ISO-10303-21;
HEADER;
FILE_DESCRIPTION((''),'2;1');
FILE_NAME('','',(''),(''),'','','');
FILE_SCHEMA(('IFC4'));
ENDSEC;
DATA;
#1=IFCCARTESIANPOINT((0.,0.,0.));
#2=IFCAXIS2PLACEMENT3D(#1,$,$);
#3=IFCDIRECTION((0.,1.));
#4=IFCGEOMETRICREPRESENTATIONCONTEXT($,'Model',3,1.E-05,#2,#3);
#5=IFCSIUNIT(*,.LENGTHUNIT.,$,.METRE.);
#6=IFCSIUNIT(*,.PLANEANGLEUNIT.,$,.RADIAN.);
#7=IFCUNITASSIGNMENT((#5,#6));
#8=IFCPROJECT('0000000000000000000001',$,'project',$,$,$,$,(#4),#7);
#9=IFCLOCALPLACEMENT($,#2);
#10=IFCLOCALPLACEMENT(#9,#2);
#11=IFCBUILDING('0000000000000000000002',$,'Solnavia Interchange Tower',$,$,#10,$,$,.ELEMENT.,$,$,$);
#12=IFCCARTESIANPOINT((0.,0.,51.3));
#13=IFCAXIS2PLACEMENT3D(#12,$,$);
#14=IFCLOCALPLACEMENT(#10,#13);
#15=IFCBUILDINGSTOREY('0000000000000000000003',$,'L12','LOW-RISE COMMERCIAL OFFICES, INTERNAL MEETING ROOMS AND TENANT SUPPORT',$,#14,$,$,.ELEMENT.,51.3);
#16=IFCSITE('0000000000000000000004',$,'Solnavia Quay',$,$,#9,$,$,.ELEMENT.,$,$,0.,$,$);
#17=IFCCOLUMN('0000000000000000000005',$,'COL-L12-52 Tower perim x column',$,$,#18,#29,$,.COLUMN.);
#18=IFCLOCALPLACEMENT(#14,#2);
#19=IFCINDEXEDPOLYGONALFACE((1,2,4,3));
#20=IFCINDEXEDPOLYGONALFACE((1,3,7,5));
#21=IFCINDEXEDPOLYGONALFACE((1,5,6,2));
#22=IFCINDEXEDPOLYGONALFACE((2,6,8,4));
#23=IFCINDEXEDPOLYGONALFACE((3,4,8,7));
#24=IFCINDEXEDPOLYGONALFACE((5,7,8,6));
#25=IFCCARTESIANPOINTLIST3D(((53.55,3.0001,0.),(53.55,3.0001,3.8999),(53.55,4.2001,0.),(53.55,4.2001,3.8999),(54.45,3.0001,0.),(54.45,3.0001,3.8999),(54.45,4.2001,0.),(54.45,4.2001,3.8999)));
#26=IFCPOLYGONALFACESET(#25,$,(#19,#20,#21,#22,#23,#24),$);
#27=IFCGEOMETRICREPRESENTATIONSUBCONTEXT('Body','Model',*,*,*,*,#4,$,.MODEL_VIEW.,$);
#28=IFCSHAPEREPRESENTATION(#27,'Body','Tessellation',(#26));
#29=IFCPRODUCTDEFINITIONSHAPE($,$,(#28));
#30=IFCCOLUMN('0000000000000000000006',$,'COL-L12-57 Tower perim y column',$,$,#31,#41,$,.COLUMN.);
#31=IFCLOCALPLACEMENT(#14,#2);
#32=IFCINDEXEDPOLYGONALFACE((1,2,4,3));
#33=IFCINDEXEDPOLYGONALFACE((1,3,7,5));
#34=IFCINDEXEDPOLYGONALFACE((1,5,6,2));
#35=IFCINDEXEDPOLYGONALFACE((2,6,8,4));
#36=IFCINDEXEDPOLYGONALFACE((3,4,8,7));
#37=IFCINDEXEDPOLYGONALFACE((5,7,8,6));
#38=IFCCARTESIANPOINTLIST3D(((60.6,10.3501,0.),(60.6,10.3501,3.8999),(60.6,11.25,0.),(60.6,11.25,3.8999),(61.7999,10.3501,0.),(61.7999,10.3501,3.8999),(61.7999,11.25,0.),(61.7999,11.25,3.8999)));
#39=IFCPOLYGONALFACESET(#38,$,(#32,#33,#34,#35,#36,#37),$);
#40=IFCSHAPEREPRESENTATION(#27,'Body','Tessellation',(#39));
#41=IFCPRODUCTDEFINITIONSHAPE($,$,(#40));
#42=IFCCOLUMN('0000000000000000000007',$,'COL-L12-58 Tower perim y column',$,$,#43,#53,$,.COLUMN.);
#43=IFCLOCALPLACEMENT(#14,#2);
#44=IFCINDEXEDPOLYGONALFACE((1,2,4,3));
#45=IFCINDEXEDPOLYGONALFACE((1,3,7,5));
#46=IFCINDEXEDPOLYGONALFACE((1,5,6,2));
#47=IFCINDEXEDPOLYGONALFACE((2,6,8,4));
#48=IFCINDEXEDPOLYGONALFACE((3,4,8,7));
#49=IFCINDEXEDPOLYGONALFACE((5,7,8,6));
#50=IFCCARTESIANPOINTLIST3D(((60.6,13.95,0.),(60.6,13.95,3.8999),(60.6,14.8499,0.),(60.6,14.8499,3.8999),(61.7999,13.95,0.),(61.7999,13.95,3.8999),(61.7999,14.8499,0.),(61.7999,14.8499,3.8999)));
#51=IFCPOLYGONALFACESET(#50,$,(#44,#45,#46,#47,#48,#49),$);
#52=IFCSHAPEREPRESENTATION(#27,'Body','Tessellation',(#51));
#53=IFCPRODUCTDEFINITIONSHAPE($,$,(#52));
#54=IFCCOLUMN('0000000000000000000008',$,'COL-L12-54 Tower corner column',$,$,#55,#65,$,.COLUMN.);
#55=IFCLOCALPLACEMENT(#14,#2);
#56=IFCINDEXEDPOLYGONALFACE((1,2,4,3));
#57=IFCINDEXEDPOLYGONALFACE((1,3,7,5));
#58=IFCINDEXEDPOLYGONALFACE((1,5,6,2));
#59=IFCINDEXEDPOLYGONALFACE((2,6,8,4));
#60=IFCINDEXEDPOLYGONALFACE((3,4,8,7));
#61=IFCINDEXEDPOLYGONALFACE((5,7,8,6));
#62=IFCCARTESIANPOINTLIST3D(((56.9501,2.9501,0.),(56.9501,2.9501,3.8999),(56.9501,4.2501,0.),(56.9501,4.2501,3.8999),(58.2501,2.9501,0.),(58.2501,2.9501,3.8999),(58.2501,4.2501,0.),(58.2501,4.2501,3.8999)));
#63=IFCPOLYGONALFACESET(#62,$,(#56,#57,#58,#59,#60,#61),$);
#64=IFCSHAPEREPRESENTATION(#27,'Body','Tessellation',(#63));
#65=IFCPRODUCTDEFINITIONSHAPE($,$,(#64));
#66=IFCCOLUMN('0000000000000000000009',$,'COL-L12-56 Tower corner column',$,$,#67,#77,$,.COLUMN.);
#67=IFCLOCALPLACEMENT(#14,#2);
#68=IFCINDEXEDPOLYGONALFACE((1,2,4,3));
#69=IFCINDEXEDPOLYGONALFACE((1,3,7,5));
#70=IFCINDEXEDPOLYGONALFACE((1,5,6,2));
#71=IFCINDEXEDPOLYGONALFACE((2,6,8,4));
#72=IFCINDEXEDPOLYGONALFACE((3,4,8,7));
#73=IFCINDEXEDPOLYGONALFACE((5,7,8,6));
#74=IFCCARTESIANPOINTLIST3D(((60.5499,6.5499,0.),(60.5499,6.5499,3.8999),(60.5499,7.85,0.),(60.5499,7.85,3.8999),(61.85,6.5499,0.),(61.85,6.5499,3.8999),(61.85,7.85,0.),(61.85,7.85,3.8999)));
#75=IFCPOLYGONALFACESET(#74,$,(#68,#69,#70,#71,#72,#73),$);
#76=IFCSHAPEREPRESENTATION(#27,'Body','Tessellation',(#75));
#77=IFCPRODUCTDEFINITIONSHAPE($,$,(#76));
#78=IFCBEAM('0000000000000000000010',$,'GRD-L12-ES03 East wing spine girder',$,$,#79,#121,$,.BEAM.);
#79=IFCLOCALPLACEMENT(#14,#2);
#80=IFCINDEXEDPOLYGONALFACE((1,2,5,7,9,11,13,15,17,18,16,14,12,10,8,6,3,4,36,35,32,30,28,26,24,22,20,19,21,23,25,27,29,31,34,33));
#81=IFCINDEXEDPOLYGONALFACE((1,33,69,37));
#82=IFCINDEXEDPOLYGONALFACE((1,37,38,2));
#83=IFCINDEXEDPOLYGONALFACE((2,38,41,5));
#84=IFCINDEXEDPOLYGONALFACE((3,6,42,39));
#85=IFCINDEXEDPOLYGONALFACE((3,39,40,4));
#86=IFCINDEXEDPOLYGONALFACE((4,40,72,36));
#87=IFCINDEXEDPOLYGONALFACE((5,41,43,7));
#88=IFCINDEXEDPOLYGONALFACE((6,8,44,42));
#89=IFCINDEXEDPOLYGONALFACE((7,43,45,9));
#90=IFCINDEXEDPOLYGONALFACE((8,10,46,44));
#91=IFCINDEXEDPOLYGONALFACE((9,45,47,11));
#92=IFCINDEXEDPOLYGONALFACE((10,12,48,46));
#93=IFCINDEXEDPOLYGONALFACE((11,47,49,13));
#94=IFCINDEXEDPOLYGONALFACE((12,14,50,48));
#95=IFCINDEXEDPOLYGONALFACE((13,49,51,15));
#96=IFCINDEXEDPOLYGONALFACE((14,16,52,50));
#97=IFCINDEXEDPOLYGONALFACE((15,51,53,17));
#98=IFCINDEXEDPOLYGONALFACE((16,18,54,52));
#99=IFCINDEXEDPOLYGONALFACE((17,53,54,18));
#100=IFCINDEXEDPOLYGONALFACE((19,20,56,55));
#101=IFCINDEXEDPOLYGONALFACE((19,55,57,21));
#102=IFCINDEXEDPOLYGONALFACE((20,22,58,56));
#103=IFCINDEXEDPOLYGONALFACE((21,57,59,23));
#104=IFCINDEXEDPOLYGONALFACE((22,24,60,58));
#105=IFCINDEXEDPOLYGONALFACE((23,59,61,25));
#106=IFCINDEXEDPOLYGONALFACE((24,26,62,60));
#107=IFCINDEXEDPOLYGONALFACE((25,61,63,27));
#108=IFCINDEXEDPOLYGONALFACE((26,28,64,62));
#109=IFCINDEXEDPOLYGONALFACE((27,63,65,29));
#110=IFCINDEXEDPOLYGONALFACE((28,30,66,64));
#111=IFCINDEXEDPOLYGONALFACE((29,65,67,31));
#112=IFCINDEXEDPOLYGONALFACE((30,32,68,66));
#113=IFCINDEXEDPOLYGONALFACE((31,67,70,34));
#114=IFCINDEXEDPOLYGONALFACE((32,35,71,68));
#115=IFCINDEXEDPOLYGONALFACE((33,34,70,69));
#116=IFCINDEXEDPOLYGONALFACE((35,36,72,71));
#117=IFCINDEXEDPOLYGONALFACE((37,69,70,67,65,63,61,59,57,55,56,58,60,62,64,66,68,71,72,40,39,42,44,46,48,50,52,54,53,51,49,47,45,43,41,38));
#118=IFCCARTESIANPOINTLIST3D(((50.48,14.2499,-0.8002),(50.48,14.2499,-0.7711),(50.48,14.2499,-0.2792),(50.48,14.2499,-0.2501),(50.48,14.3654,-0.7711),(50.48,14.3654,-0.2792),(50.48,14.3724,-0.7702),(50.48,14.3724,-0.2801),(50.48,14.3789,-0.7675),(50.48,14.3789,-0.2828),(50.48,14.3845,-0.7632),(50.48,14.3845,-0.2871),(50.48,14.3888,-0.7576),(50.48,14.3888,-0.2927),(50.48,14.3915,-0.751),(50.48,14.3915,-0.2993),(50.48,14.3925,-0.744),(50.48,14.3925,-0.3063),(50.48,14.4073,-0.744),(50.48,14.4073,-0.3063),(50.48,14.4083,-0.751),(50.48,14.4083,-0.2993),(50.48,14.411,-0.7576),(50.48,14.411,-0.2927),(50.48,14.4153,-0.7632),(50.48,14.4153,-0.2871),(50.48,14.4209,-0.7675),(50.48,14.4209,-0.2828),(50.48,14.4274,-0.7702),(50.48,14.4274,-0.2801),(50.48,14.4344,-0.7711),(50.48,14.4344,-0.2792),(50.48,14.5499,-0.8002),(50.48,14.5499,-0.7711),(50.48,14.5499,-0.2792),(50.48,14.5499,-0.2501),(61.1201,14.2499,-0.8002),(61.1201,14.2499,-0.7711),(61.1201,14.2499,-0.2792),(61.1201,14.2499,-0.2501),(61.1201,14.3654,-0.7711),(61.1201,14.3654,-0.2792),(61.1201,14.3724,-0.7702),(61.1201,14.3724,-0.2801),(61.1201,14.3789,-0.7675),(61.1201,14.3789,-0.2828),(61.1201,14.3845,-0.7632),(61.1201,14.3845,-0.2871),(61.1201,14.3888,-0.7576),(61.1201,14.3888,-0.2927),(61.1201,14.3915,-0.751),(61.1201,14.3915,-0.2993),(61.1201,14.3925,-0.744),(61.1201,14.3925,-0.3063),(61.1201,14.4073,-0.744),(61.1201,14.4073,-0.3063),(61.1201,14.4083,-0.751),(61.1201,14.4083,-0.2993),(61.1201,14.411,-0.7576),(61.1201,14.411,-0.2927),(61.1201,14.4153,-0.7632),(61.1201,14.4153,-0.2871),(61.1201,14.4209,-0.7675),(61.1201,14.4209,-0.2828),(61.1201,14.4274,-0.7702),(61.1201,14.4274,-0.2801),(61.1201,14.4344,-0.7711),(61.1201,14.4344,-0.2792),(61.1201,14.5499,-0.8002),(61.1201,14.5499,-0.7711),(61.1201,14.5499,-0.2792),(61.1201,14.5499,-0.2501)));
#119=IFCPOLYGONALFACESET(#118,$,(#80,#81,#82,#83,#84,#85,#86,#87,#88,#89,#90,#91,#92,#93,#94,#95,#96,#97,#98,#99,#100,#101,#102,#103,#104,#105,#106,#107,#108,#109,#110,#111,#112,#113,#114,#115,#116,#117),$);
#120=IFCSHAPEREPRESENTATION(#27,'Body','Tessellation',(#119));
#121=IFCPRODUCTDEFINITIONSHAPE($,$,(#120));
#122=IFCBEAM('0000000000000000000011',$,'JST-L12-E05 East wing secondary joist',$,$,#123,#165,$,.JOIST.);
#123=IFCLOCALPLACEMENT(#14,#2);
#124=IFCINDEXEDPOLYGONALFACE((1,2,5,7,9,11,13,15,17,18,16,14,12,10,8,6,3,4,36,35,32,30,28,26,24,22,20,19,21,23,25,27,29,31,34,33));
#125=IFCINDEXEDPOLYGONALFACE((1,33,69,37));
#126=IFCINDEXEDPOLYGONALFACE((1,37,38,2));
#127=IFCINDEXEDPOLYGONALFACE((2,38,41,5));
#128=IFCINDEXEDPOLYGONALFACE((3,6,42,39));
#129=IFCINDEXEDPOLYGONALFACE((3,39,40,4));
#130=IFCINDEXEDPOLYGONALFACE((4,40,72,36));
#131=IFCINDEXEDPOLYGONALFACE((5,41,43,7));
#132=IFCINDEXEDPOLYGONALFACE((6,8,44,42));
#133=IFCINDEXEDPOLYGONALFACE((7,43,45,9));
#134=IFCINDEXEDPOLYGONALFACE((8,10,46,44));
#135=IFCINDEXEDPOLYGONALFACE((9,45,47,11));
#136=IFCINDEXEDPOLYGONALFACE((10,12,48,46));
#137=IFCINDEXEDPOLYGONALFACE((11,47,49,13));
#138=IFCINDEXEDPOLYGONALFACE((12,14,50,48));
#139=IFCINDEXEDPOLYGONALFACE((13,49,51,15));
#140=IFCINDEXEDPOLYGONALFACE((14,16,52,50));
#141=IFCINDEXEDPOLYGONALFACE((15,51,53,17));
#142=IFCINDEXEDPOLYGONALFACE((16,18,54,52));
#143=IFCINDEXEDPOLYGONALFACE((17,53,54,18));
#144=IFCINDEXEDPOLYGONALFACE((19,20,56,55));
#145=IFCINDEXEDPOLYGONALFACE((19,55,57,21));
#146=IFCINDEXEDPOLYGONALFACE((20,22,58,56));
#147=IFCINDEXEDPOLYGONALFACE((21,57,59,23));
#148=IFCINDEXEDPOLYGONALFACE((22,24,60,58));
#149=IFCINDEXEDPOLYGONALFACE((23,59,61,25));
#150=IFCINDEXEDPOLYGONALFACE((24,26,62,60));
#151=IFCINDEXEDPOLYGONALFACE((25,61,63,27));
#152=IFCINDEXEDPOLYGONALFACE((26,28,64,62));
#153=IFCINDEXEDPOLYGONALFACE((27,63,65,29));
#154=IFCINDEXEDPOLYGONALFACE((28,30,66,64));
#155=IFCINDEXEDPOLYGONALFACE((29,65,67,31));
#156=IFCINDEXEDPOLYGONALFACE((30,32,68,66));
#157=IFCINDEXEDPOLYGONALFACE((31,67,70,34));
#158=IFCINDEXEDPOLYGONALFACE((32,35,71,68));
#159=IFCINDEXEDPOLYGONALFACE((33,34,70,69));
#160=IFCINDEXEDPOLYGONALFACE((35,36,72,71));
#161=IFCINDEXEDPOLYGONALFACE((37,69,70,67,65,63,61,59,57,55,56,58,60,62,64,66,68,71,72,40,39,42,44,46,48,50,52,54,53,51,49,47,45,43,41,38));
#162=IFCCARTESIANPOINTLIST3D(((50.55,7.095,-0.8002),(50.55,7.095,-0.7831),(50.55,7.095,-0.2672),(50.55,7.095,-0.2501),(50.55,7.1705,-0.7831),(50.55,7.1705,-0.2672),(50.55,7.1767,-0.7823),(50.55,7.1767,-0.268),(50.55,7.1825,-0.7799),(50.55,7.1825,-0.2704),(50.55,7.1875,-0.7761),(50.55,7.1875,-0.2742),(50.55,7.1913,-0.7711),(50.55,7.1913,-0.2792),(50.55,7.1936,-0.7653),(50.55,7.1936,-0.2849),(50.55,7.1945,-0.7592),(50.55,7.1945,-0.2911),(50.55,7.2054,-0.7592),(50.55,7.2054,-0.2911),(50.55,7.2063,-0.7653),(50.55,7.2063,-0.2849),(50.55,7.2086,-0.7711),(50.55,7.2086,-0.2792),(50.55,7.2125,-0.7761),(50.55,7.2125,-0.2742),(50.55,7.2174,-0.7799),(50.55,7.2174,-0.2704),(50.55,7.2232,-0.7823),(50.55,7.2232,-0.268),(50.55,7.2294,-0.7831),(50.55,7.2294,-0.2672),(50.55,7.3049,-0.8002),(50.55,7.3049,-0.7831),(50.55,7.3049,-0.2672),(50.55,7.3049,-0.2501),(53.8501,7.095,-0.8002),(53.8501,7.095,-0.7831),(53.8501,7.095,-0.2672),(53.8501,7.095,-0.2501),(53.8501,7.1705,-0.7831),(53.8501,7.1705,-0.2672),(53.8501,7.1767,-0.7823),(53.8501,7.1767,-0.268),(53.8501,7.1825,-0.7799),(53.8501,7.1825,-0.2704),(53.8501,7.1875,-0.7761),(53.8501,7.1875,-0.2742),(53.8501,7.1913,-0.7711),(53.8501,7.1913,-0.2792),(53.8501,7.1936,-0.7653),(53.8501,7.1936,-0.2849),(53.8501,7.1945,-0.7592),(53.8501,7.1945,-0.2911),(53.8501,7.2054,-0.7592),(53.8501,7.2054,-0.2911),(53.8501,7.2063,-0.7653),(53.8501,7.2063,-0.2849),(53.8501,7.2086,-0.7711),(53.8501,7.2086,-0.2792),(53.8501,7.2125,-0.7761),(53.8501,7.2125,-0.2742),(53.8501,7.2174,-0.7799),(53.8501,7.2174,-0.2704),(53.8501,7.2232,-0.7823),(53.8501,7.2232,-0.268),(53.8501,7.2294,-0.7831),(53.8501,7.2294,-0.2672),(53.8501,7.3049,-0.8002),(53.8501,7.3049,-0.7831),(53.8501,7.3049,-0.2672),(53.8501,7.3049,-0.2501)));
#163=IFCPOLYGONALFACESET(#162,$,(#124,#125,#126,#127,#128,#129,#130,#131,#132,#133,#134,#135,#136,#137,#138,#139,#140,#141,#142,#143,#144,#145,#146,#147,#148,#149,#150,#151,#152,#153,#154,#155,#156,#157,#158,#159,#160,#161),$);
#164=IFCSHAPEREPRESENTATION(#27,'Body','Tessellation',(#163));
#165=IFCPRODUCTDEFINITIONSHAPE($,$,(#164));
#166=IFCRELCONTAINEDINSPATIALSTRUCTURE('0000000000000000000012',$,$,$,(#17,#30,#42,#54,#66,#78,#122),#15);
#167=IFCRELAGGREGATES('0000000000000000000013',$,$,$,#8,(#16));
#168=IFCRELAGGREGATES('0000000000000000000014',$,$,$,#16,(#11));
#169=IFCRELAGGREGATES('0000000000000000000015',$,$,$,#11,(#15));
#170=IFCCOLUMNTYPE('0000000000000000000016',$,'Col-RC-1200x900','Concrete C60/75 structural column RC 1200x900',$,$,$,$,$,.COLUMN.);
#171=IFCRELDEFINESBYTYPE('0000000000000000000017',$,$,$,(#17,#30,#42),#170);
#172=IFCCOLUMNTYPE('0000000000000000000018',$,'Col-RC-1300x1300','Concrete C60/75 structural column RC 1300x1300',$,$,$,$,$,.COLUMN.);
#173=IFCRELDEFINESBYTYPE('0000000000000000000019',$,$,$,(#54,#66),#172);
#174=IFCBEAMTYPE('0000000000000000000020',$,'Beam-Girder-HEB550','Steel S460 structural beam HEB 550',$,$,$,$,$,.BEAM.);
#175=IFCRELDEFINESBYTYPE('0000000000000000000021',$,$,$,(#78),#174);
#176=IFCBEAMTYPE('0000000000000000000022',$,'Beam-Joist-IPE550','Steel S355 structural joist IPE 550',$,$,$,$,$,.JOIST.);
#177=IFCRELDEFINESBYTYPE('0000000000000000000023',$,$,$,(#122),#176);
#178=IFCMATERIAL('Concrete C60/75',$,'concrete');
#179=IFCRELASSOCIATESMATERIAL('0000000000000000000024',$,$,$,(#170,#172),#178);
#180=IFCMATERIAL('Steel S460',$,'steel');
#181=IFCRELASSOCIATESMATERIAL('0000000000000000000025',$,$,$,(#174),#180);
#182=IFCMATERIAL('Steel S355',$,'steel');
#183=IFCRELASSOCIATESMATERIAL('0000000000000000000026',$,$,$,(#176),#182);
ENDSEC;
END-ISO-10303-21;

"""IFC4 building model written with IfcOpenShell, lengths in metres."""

from ifc_helpers import new_model, si_unit, direction, frame, origin, origin_2d, place, context, subcontext, project, spatial, rectangle, i_section, extrude, material, material_profile, profile_set, type_object, element, save


model = new_model("IFC4")

# Units and contexts
model_context = context("Model", 3, precision=1e-05, world=origin(), true_north=direction((0.0, 1.0)))
body_context = subcontext(model_context, "Body", "Model", "MODEL_VIEW")
ifc_project = project(units=[si_unit("LENGTHUNIT", "METRE"), si_unit("PLANEANGLEUNIT", "RADIAN")], contexts=[model_context])

# Site, building, storey
site_placement = place(None, origin())
site = spatial("IfcSite", under=ifc_project, at=site_placement, Name="Solnavia Quay", CompositionType="ELEMENT", RefElevation=0.0)
building_placement = place(site_placement, origin())
building = spatial("IfcBuilding", under=site, at=building_placement, Name="Solnavia Interchange Tower", CompositionType="ELEMENT")
storey_placement = place(building_placement, frame((0.0, 0.0, 51.3)))
storey = spatial("IfcBuildingStorey", under=building, at=storey_placement, Name="L12", Description="LOW-RISE COMMERCIAL OFFICES, INTERNAL MEETING ROOMS AND TENANT SUPPORT", CompositionType="ELEMENT", Elevation=51.3)

# Columns
ifc_material_1 = material(Name="Concrete C60/75", Category="concrete")
ifc_material_profile_1 = material_profile(ifc_material_1, rectangle(XDim=0.8999, YDim=1.2, at=origin_2d()), Name="RC 1200x900")
ifc_profile_set_1 = profile_set([ifc_material_profile_1], Name="Concrete C60/75")
column_type_1 = type_object("IfcColumnType", Name="Col-RC-1200x900", Description="Concrete C60/75 structural column RC 1200x900", PredefinedType="COLUMN", material=ifc_profile_set_1)
for number, where, z_axis, x_axis, name in (
    (1, (54.0, 3.6001, 0.0), (0.0, 0.0, 1.0), (1.0, 0.0, 0.0), "COL-L12-52 Tower perim x column"),
    (2, (61.2, 10.8, 0.0), (0.0, 0.0, 1.0), (0.0, 1.0, 0.0), "COL-L12-57 Tower perim y column"),
    (3, (61.2, 14.3999, 0.0), (0.0, 0.0, 1.0), (0.0, 1.0, 0.0), "COL-L12-58 Tower perim y column"),
):
    element("IfcColumn", number, at=place(storey_placement, frame(where, z_axis=z_axis, x_axis=x_axis)), inside=storey, type_object=column_type_1, Name=name, PredefinedType="COLUMN", context=body_context, shape_type="SweptSolid", body=[
        extrude(rectangle(XDim=0.8999, YDim=1.2, at=origin_2d()), origin(), (0.0, 0.0, 1.0), 3.8999),
    ])
ifc_material_profile_2 = material_profile(ifc_material_1, rectangle(XDim=1.3, YDim=1.3, at=origin_2d()), Name="RC 1300x1300")
ifc_profile_set_2 = profile_set([ifc_material_profile_2], Name="Concrete C60/75")
column_type_2 = type_object("IfcColumnType", Name="Col-RC-1300x1300", Description="Concrete C60/75 structural column RC 1300x1300", PredefinedType="COLUMN", material=ifc_profile_set_2)
for number, where, z_axis, x_axis, name in (
    (4, (57.6001, 3.6001, 0.0), (0.0, 0.0, 1.0), (1.0, 0.0, 0.0), "COL-L12-54 Tower corner column"),
    (5, (61.2, 7.2, 0.0), (0.0, 0.0, 1.0), (1.0, 0.0, 0.0), "COL-L12-56 Tower corner column"),
):
    element("IfcColumn", number, at=place(storey_placement, frame(where, z_axis=z_axis, x_axis=x_axis)), inside=storey, type_object=column_type_2, Name=name, PredefinedType="COLUMN", context=body_context, shape_type="SweptSolid", body=[
        extrude(rectangle(XDim=1.3, YDim=1.3, at=origin_2d()), origin(), (0.0, 0.0, 1.0), 3.8999),
    ])

# Beams
ifc_material_2 = material(Name="Steel S460", Category="steel")
ifc_material_profile_3 = material_profile(ifc_material_2, i_section(OverallWidth=0.3, OverallDepth=0.55, WebThickness=0.0149, FlangeThickness=0.0291, FilletRadius=0.0271, at=origin_2d()), Name="HEB 550")
ifc_profile_set_3 = profile_set([ifc_material_profile_3], Name="Steel S460")
beam_type_1 = type_object("IfcBeamType", Name="Beam-Girder-HEB550", Description="Steel S460 structural beam HEB 550", PredefinedType="BEAM", material=ifc_profile_set_3)
beam_1_placement = place(storey_placement, frame((50.48, 14.3999, -0.5251), z_axis=(1.0, 0.0, 0.0), x_axis=(0.0, 1.0, 0.0)))
element("IfcBeam", 6, at=beam_1_placement, inside=storey, type_object=beam_type_1, Name="GRD-L12-ES03 East wing spine girder", PredefinedType="BEAM", context=body_context, shape_type="SweptSolid", body=[
    extrude(i_section(OverallWidth=0.3, OverallDepth=0.55, WebThickness=0.0149, FlangeThickness=0.0291, FilletRadius=0.0271, at=origin_2d()), origin(), (0.0, 0.0, 1.0), 10.6401),
])
ifc_material_3 = material(Name="Steel S355", Category="steel")
ifc_material_profile_4 = material_profile(ifc_material_3, i_section(OverallWidth=0.21, OverallDepth=0.55, WebThickness=0.011, FlangeThickness=0.0171, FilletRadius=0.0239, at=origin_2d()), Name="IPE 550")
ifc_profile_set_4 = profile_set([ifc_material_profile_4], Name="Steel S355")
beam_type_2 = type_object("IfcBeamType", Name="Beam-Joist-IPE550", Description="Steel S355 structural joist IPE 550", PredefinedType="JOIST", material=ifc_profile_set_4)
beam_2_placement = place(storey_placement, frame((50.55, 7.2, -0.5251), z_axis=(1.0, 0.0, 0.0), x_axis=(0.0, 1.0, 0.0)))
element("IfcBeam", 7, at=beam_2_placement, inside=storey, type_object=beam_type_2, Name="JST-L12-E05 East wing secondary joist", PredefinedType="JOIST", context=body_context, shape_type="SweptSolid", body=[
    extrude(i_section(OverallWidth=0.21, OverallDepth=0.55, WebThickness=0.011, FlangeThickness=0.0171, FilletRadius=0.0239, at=origin_2d()), origin(), (0.0, 0.0, 1.0), 3.3),
])

save(model, "model.ifc")
